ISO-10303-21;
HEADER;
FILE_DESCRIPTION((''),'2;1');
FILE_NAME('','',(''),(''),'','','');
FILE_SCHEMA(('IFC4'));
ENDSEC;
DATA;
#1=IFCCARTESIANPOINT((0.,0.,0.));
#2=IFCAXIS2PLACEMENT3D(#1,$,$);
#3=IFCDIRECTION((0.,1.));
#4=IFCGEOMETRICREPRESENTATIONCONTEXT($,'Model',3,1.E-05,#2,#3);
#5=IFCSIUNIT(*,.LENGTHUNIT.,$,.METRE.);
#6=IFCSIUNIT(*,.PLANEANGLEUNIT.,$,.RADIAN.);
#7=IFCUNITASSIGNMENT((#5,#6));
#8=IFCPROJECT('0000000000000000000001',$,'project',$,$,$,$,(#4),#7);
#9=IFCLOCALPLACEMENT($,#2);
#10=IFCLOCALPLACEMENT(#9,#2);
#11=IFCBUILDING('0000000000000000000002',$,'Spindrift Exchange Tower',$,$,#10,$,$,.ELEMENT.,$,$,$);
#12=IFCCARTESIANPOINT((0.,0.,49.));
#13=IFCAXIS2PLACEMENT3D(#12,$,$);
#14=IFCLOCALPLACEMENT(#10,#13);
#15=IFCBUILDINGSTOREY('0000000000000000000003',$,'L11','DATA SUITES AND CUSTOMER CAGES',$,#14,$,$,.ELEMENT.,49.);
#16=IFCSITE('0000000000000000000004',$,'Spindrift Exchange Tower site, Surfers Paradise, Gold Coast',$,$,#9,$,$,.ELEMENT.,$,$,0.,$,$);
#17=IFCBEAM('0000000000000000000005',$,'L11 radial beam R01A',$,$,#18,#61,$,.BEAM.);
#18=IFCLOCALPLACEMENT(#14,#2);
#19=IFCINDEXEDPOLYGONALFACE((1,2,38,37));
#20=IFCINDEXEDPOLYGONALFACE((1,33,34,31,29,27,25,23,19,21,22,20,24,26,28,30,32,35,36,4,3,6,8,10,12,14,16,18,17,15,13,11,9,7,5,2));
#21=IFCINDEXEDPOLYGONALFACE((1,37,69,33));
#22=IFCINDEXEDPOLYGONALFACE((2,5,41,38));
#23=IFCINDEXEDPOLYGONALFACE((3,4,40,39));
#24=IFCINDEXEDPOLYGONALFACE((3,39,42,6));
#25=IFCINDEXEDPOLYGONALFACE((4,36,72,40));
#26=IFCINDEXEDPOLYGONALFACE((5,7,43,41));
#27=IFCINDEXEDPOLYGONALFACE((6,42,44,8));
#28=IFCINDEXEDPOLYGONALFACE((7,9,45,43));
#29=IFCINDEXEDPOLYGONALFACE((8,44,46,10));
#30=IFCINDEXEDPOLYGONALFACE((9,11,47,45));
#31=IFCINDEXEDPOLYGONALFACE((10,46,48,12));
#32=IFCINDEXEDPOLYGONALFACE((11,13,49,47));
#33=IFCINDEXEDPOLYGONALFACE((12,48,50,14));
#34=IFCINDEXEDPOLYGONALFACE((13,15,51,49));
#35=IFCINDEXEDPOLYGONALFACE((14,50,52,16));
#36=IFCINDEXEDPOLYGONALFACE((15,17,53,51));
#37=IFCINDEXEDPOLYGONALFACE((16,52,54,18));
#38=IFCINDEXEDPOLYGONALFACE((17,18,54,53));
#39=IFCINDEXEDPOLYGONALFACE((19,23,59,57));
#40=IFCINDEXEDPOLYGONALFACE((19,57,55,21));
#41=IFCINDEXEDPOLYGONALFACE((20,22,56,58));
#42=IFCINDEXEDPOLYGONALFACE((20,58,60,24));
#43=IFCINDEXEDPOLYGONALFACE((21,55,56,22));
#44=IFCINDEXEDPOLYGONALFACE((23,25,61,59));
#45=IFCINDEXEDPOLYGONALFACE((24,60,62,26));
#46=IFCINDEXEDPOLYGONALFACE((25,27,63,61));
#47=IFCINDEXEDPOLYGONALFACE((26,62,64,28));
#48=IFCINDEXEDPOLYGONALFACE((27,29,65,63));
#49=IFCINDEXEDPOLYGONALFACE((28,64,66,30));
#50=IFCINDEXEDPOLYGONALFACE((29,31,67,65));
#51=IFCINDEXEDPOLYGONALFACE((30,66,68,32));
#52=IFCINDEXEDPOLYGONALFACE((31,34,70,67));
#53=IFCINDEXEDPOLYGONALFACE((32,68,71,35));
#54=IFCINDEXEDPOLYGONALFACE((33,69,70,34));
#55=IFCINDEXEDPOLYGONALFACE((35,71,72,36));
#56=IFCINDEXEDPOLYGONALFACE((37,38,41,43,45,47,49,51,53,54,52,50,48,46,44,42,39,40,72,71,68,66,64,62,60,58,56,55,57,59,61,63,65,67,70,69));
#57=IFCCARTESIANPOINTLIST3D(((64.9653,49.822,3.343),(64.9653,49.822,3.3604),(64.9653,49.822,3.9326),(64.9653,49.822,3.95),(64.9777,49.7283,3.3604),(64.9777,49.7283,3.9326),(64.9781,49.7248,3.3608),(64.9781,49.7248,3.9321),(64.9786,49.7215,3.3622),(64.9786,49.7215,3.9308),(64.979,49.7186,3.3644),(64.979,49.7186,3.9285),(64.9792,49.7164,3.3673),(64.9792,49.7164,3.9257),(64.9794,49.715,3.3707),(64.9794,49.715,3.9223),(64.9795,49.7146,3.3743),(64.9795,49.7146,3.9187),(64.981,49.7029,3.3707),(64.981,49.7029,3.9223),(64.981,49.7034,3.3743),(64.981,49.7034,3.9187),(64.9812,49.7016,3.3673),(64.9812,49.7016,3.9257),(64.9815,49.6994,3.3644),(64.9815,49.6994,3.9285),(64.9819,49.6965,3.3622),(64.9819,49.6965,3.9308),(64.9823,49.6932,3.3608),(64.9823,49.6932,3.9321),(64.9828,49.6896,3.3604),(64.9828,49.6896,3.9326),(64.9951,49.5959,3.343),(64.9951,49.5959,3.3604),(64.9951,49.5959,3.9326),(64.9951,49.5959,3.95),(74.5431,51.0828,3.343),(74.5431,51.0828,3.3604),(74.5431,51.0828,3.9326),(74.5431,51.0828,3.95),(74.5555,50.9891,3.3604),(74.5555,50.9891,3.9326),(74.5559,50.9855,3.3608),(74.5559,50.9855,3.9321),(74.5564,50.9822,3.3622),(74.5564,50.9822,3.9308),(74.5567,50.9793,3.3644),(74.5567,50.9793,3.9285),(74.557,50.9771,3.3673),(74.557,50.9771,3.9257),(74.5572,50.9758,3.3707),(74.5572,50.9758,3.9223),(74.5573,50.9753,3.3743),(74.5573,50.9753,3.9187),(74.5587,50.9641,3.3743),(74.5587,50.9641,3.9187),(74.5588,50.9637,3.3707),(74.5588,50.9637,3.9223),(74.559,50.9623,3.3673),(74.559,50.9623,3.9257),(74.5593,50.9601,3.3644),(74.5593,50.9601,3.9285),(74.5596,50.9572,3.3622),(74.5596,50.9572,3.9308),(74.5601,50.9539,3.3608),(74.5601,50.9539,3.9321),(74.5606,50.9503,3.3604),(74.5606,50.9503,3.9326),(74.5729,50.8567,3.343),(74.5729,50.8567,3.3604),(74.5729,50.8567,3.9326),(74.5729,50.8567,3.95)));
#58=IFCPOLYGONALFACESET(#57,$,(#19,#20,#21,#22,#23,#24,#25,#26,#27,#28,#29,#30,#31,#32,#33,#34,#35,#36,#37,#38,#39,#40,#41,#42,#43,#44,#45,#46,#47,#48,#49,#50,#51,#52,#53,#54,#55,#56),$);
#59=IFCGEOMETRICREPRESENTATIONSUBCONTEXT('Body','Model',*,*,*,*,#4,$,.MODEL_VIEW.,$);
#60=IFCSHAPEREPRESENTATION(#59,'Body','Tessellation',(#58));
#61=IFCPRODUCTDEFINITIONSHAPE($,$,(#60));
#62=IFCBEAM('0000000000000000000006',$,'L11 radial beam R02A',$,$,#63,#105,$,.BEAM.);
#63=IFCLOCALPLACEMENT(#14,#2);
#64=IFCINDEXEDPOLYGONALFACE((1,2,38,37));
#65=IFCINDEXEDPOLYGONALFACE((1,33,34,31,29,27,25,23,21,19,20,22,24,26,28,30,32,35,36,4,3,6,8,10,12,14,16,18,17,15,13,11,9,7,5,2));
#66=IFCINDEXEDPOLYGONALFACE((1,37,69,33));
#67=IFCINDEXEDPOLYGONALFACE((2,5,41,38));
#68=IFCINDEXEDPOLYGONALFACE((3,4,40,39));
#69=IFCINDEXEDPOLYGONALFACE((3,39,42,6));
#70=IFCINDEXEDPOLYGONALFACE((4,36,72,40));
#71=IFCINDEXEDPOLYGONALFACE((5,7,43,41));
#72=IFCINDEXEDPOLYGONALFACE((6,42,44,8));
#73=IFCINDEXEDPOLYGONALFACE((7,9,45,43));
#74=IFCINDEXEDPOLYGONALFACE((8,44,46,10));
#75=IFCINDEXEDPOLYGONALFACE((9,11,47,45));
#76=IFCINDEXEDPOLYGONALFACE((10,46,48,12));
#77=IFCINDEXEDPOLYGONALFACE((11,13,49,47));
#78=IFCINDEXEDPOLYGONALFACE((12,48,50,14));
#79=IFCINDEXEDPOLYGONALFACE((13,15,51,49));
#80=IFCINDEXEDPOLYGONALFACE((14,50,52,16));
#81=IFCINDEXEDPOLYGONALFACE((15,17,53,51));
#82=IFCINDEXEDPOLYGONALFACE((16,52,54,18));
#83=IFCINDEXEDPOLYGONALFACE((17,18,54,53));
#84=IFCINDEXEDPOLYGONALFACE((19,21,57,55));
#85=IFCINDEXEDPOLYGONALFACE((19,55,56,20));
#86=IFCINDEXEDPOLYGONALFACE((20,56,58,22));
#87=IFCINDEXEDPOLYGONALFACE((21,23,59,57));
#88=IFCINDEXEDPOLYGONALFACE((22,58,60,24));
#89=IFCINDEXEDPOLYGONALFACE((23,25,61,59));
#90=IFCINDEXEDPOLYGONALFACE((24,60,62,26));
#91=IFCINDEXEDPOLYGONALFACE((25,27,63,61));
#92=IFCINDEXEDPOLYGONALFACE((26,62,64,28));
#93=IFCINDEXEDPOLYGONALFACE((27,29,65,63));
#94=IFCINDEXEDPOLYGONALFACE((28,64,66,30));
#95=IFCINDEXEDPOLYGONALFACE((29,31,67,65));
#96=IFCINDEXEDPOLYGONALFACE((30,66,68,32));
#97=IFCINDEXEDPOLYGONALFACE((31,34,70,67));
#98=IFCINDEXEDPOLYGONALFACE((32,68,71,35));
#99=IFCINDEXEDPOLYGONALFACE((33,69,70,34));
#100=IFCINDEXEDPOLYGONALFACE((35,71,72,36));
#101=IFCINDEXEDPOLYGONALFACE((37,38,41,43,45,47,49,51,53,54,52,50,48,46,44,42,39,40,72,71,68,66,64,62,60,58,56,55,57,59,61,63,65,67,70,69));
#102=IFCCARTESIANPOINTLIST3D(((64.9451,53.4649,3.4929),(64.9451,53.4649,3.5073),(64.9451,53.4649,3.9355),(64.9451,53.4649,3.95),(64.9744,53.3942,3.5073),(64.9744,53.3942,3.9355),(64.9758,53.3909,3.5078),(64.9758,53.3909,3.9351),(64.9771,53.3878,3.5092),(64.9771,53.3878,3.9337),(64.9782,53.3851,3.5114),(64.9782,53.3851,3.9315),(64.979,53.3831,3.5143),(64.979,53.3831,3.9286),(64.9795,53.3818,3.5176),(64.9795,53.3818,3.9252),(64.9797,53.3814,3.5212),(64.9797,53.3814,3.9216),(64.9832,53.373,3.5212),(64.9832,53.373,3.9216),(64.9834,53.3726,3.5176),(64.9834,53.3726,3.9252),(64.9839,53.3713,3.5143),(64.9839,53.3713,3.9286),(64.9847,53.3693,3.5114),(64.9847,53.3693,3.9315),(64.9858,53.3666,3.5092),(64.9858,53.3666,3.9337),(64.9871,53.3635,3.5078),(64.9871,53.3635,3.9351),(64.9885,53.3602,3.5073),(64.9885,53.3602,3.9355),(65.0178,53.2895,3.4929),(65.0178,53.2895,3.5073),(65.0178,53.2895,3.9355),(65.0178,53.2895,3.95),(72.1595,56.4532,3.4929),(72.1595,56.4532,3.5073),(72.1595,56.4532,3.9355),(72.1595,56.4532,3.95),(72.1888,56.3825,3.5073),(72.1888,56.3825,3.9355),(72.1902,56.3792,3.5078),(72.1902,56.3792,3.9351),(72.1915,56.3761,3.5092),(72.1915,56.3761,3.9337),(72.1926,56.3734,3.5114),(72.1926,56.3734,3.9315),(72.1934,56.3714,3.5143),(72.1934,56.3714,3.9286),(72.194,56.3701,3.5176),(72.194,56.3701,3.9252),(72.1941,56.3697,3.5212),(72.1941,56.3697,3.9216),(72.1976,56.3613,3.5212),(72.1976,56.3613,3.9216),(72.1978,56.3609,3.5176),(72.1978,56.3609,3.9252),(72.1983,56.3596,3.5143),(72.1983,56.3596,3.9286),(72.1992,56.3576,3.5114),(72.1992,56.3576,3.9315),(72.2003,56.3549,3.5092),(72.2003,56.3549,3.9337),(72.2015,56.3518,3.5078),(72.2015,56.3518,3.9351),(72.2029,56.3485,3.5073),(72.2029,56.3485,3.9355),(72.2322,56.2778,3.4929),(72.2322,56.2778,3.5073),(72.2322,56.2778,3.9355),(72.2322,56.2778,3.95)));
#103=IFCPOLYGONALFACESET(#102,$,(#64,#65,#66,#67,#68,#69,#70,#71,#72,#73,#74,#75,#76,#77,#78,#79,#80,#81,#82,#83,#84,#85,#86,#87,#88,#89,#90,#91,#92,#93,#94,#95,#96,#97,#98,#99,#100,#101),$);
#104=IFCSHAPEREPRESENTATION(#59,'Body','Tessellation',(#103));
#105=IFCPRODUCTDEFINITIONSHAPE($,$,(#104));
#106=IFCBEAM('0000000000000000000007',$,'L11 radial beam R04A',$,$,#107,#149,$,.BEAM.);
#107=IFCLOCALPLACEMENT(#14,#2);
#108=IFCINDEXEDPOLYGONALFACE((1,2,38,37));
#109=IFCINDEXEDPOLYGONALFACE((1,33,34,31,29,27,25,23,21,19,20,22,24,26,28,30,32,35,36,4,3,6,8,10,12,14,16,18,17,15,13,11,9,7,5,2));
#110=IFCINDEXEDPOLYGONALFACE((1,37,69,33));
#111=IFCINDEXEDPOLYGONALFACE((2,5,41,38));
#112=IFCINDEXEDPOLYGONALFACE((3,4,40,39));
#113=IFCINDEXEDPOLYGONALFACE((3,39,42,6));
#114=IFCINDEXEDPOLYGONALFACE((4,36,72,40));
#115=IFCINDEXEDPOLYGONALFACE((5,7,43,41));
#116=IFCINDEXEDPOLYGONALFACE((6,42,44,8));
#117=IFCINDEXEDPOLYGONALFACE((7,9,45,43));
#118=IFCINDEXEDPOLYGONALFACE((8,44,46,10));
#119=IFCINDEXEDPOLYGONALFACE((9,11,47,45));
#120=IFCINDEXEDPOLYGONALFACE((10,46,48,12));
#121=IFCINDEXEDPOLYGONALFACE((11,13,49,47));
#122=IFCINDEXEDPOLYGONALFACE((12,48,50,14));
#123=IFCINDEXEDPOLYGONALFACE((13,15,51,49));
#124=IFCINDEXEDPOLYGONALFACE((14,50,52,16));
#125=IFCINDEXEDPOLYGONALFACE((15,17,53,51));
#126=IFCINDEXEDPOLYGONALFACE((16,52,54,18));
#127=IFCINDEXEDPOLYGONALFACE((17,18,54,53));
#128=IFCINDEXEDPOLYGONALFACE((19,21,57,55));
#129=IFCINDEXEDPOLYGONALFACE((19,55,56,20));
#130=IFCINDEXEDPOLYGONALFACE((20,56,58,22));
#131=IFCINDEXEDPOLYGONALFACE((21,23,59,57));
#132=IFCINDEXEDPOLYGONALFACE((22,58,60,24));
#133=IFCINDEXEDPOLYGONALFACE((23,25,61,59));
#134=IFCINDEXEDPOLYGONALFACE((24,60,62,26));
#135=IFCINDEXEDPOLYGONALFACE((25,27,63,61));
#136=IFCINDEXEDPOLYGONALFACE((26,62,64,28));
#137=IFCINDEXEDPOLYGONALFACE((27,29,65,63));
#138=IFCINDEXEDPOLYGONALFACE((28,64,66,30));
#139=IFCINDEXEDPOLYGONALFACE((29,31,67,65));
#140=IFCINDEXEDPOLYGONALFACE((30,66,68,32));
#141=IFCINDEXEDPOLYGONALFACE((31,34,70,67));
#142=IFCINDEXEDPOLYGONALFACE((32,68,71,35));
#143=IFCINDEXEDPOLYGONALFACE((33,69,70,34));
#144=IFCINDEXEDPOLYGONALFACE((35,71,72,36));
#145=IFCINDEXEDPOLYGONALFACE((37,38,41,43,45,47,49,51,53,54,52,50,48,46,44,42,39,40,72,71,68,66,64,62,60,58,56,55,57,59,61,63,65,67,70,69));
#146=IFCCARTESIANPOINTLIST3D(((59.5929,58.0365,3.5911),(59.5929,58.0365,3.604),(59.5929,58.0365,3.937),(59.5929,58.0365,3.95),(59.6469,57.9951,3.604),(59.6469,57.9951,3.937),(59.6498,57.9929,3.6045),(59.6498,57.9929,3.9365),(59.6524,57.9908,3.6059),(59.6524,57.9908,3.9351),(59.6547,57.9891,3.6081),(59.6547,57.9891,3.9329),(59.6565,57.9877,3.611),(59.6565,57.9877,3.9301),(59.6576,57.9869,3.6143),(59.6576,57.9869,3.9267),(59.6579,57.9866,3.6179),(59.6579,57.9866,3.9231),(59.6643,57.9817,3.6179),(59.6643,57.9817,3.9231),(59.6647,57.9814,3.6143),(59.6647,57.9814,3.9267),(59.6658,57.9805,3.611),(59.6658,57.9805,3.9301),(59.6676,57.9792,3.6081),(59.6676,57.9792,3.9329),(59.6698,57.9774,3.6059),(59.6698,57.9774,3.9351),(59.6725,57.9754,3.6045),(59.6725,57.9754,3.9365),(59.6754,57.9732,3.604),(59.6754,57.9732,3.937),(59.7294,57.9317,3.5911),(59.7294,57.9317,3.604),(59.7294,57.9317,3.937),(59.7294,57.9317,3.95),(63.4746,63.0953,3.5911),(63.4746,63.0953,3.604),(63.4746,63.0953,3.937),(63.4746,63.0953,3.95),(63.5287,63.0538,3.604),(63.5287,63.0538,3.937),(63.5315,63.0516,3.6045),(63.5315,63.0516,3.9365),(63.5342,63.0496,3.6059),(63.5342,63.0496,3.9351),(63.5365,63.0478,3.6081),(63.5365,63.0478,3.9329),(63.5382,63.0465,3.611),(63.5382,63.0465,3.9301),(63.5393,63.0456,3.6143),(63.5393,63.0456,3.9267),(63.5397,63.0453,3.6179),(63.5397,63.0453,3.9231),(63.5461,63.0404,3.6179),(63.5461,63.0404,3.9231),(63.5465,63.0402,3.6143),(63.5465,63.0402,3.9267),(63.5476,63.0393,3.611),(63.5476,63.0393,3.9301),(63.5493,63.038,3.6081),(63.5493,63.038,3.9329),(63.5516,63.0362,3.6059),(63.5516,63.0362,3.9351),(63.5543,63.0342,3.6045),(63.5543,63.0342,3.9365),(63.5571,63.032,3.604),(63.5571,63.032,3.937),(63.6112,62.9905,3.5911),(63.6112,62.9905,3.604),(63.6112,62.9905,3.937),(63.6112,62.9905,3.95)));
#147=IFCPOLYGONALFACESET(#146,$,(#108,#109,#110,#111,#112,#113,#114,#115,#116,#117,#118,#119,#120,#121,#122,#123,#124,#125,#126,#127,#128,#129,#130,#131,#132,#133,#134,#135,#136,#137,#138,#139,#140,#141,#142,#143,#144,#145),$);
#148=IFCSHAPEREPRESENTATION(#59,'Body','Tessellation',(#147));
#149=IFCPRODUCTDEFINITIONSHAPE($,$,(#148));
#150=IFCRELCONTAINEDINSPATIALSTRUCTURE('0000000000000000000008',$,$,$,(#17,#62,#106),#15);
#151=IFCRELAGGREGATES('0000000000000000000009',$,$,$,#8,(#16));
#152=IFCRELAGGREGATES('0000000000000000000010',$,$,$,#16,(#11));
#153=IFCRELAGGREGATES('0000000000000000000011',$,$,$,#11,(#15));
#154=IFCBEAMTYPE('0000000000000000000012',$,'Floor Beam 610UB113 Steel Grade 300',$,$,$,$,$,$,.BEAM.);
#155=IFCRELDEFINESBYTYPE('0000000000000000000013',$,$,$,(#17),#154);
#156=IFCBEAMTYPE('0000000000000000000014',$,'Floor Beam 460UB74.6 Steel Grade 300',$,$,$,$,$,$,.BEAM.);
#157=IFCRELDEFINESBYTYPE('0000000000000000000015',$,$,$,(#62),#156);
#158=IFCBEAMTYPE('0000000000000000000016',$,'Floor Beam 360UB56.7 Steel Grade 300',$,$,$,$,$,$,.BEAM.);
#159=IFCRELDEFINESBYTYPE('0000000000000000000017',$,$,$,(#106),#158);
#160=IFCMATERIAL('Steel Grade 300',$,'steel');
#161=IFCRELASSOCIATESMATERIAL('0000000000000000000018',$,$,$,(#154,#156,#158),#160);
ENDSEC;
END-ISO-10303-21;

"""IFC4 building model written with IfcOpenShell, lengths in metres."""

from ifc_helpers import new_model, si_unit, direction, frame, origin, origin_2d, place, context, subcontext, project, spatial, i_section, extrude, source, transform, mapped, material, material_profile, profile_set, type_object, element, save


model = new_model("IFC4")

# Units and contexts
model_context = context("Model", 3, precision=1e-05, world=origin(), true_north=direction((0.0, 1.0)))
body_context = subcontext(model_context, "Body", "Model", "MODEL_VIEW")
ifc_project = project(units=[si_unit("LENGTHUNIT", "METRE"), si_unit("PLANEANGLEUNIT", "RADIAN")], contexts=[model_context])

# Site, building, storey
site_placement = place(None, origin())
site = spatial("IfcSite", under=ifc_project, at=site_placement, Name="Spindrift Exchange Tower site, Surfers Paradise, Gold Coast", CompositionType="ELEMENT", RefElevation=0.0)
building_placement = place(site_placement, origin())
building = spatial("IfcBuilding", under=site, at=building_placement, Name="Spindrift Exchange Tower", CompositionType="ELEMENT")
storey_placement = place(building_placement, frame((0.0, 0.0, 49.0)))
storey = spatial("IfcBuildingStorey", under=building, at=storey_placement, Name="L11", Description="DATA SUITES AND CUSTOMER CAGES", CompositionType="ELEMENT", Elevation=49.0)

# Beams
ifc_material_1 = material(Name="Steel Grade 300", Category="steel")
ifc_material_profile_1 = material_profile(ifc_material_1, i_section(OverallWidth=0.228, OverallDepth=0.6069, WebThickness=0.0112, FlangeThickness=0.0173, FilletRadius=0.0139, at=origin_2d()), Name="610UB113")
ifc_profile_set_1 = profile_set([ifc_material_profile_1], Name="Steel Grade 300")
beam_type_1 = type_object("IfcBeamType", Name="Floor Beam 610UB113 Steel Grade 300", PredefinedType="BEAM", material=ifc_profile_set_1)
shared_shape_1 = source(origin(), body_context, "Body", "SweptSolid", [
    extrude(i_section(OverallWidth=0.228, OverallDepth=0.6069, WebThickness=0.0112, FlangeThickness=0.0173, FilletRadius=0.0139, at=origin_2d()), origin(), (0.0, 0.0, 1.0), 9.6604),
])
beam_1_placement = place(storey_placement, frame((64.9802, 49.709, 3.6465), z_axis=(0.991448, 0.130505, 0.0), x_axis=(-0.130505, 0.991448, 0.0)))
element("IfcBeam", 1, at=beam_1_placement, inside=storey, type_object=beam_type_1, Name="L11 radial beam R01A", PredefinedType="BEAM", context=body_context, shape_type="MappedRepresentation", body=[
    mapped(shared_shape_1, transform((0.0, 0.0, 0.0), scale=1.0)),
])
ifc_material_profile_2 = material_profile(ifc_material_1, i_section(OverallWidth=0.1899, OverallDepth=0.457, WebThickness=0.009, FlangeThickness=0.0144, FilletRadius=0.0139, at=origin_2d()), Name="460UB74.6")
ifc_profile_set_2 = profile_set([ifc_material_profile_2], Name="Steel Grade 300")
beam_type_2 = type_object("IfcBeamType", Name="Floor Beam 460UB74.6 Steel Grade 300", PredefinedType="BEAM", material=ifc_profile_set_2)
shared_shape_2 = source(origin(), body_context, "Body", "SweptSolid", [
    extrude(i_section(OverallWidth=0.1899, OverallDepth=0.457, WebThickness=0.009, FlangeThickness=0.0144, FilletRadius=0.0139, at=origin_2d()), origin(), (0.0, 0.0, 1.0), 7.8088),
])
beam_2_placement = place(storey_placement, frame((64.9814, 53.3772, 3.7214), z_axis=(0.92388, 0.382683, 0.0), x_axis=(-0.382683, 0.92388, 0.0)))
element("IfcBeam", 2, at=beam_2_placement, inside=storey, type_object=beam_type_2, Name="L11 radial beam R02A", PredefinedType="BEAM", context=body_context, shape_type="MappedRepresentation", body=[
    mapped(shared_shape_2, transform((0.0, 0.0, 0.0), scale=1.0)),
])
ifc_material_profile_3 = material_profile(ifc_material_1, i_section(OverallWidth=0.1721, OverallDepth=0.3589, WebThickness=0.0081, FlangeThickness=0.0129, FilletRadius=0.0139, at=origin_2d()), Name="360UB56.7")
ifc_profile_set_3 = profile_set([ifc_material_profile_3], Name="Steel Grade 300")
beam_type_3 = type_object("IfcBeamType", Name="Floor Beam 360UB56.7 Steel Grade 300", PredefinedType="BEAM", material=ifc_profile_set_3)
shared_shape_3 = source(origin(), body_context, "Body", "SweptSolid", [
    extrude(i_section(OverallWidth=0.1721, OverallDepth=0.3589, WebThickness=0.0081, FlangeThickness=0.0129, FilletRadius=0.0139, at=origin_2d()), origin(), (0.0, 0.0, 1.0), 6.3765),
])
beam_3_placement = place(storey_placement, frame((59.6611, 57.9841, 3.7705), z_axis=(0.608767, 0.793349, 0.0), x_axis=(-0.793349, 0.608767, 0.0)))
element("IfcBeam", 3, at=beam_3_placement, inside=storey, type_object=beam_type_3, Name="L11 radial beam R04A", PredefinedType="BEAM", context=body_context, shape_type="MappedRepresentation", body=[
    mapped(shared_shape_3, transform((0.0, 0.0, 0.0), scale=1.0)),
])

save(model, "model.ifc")
